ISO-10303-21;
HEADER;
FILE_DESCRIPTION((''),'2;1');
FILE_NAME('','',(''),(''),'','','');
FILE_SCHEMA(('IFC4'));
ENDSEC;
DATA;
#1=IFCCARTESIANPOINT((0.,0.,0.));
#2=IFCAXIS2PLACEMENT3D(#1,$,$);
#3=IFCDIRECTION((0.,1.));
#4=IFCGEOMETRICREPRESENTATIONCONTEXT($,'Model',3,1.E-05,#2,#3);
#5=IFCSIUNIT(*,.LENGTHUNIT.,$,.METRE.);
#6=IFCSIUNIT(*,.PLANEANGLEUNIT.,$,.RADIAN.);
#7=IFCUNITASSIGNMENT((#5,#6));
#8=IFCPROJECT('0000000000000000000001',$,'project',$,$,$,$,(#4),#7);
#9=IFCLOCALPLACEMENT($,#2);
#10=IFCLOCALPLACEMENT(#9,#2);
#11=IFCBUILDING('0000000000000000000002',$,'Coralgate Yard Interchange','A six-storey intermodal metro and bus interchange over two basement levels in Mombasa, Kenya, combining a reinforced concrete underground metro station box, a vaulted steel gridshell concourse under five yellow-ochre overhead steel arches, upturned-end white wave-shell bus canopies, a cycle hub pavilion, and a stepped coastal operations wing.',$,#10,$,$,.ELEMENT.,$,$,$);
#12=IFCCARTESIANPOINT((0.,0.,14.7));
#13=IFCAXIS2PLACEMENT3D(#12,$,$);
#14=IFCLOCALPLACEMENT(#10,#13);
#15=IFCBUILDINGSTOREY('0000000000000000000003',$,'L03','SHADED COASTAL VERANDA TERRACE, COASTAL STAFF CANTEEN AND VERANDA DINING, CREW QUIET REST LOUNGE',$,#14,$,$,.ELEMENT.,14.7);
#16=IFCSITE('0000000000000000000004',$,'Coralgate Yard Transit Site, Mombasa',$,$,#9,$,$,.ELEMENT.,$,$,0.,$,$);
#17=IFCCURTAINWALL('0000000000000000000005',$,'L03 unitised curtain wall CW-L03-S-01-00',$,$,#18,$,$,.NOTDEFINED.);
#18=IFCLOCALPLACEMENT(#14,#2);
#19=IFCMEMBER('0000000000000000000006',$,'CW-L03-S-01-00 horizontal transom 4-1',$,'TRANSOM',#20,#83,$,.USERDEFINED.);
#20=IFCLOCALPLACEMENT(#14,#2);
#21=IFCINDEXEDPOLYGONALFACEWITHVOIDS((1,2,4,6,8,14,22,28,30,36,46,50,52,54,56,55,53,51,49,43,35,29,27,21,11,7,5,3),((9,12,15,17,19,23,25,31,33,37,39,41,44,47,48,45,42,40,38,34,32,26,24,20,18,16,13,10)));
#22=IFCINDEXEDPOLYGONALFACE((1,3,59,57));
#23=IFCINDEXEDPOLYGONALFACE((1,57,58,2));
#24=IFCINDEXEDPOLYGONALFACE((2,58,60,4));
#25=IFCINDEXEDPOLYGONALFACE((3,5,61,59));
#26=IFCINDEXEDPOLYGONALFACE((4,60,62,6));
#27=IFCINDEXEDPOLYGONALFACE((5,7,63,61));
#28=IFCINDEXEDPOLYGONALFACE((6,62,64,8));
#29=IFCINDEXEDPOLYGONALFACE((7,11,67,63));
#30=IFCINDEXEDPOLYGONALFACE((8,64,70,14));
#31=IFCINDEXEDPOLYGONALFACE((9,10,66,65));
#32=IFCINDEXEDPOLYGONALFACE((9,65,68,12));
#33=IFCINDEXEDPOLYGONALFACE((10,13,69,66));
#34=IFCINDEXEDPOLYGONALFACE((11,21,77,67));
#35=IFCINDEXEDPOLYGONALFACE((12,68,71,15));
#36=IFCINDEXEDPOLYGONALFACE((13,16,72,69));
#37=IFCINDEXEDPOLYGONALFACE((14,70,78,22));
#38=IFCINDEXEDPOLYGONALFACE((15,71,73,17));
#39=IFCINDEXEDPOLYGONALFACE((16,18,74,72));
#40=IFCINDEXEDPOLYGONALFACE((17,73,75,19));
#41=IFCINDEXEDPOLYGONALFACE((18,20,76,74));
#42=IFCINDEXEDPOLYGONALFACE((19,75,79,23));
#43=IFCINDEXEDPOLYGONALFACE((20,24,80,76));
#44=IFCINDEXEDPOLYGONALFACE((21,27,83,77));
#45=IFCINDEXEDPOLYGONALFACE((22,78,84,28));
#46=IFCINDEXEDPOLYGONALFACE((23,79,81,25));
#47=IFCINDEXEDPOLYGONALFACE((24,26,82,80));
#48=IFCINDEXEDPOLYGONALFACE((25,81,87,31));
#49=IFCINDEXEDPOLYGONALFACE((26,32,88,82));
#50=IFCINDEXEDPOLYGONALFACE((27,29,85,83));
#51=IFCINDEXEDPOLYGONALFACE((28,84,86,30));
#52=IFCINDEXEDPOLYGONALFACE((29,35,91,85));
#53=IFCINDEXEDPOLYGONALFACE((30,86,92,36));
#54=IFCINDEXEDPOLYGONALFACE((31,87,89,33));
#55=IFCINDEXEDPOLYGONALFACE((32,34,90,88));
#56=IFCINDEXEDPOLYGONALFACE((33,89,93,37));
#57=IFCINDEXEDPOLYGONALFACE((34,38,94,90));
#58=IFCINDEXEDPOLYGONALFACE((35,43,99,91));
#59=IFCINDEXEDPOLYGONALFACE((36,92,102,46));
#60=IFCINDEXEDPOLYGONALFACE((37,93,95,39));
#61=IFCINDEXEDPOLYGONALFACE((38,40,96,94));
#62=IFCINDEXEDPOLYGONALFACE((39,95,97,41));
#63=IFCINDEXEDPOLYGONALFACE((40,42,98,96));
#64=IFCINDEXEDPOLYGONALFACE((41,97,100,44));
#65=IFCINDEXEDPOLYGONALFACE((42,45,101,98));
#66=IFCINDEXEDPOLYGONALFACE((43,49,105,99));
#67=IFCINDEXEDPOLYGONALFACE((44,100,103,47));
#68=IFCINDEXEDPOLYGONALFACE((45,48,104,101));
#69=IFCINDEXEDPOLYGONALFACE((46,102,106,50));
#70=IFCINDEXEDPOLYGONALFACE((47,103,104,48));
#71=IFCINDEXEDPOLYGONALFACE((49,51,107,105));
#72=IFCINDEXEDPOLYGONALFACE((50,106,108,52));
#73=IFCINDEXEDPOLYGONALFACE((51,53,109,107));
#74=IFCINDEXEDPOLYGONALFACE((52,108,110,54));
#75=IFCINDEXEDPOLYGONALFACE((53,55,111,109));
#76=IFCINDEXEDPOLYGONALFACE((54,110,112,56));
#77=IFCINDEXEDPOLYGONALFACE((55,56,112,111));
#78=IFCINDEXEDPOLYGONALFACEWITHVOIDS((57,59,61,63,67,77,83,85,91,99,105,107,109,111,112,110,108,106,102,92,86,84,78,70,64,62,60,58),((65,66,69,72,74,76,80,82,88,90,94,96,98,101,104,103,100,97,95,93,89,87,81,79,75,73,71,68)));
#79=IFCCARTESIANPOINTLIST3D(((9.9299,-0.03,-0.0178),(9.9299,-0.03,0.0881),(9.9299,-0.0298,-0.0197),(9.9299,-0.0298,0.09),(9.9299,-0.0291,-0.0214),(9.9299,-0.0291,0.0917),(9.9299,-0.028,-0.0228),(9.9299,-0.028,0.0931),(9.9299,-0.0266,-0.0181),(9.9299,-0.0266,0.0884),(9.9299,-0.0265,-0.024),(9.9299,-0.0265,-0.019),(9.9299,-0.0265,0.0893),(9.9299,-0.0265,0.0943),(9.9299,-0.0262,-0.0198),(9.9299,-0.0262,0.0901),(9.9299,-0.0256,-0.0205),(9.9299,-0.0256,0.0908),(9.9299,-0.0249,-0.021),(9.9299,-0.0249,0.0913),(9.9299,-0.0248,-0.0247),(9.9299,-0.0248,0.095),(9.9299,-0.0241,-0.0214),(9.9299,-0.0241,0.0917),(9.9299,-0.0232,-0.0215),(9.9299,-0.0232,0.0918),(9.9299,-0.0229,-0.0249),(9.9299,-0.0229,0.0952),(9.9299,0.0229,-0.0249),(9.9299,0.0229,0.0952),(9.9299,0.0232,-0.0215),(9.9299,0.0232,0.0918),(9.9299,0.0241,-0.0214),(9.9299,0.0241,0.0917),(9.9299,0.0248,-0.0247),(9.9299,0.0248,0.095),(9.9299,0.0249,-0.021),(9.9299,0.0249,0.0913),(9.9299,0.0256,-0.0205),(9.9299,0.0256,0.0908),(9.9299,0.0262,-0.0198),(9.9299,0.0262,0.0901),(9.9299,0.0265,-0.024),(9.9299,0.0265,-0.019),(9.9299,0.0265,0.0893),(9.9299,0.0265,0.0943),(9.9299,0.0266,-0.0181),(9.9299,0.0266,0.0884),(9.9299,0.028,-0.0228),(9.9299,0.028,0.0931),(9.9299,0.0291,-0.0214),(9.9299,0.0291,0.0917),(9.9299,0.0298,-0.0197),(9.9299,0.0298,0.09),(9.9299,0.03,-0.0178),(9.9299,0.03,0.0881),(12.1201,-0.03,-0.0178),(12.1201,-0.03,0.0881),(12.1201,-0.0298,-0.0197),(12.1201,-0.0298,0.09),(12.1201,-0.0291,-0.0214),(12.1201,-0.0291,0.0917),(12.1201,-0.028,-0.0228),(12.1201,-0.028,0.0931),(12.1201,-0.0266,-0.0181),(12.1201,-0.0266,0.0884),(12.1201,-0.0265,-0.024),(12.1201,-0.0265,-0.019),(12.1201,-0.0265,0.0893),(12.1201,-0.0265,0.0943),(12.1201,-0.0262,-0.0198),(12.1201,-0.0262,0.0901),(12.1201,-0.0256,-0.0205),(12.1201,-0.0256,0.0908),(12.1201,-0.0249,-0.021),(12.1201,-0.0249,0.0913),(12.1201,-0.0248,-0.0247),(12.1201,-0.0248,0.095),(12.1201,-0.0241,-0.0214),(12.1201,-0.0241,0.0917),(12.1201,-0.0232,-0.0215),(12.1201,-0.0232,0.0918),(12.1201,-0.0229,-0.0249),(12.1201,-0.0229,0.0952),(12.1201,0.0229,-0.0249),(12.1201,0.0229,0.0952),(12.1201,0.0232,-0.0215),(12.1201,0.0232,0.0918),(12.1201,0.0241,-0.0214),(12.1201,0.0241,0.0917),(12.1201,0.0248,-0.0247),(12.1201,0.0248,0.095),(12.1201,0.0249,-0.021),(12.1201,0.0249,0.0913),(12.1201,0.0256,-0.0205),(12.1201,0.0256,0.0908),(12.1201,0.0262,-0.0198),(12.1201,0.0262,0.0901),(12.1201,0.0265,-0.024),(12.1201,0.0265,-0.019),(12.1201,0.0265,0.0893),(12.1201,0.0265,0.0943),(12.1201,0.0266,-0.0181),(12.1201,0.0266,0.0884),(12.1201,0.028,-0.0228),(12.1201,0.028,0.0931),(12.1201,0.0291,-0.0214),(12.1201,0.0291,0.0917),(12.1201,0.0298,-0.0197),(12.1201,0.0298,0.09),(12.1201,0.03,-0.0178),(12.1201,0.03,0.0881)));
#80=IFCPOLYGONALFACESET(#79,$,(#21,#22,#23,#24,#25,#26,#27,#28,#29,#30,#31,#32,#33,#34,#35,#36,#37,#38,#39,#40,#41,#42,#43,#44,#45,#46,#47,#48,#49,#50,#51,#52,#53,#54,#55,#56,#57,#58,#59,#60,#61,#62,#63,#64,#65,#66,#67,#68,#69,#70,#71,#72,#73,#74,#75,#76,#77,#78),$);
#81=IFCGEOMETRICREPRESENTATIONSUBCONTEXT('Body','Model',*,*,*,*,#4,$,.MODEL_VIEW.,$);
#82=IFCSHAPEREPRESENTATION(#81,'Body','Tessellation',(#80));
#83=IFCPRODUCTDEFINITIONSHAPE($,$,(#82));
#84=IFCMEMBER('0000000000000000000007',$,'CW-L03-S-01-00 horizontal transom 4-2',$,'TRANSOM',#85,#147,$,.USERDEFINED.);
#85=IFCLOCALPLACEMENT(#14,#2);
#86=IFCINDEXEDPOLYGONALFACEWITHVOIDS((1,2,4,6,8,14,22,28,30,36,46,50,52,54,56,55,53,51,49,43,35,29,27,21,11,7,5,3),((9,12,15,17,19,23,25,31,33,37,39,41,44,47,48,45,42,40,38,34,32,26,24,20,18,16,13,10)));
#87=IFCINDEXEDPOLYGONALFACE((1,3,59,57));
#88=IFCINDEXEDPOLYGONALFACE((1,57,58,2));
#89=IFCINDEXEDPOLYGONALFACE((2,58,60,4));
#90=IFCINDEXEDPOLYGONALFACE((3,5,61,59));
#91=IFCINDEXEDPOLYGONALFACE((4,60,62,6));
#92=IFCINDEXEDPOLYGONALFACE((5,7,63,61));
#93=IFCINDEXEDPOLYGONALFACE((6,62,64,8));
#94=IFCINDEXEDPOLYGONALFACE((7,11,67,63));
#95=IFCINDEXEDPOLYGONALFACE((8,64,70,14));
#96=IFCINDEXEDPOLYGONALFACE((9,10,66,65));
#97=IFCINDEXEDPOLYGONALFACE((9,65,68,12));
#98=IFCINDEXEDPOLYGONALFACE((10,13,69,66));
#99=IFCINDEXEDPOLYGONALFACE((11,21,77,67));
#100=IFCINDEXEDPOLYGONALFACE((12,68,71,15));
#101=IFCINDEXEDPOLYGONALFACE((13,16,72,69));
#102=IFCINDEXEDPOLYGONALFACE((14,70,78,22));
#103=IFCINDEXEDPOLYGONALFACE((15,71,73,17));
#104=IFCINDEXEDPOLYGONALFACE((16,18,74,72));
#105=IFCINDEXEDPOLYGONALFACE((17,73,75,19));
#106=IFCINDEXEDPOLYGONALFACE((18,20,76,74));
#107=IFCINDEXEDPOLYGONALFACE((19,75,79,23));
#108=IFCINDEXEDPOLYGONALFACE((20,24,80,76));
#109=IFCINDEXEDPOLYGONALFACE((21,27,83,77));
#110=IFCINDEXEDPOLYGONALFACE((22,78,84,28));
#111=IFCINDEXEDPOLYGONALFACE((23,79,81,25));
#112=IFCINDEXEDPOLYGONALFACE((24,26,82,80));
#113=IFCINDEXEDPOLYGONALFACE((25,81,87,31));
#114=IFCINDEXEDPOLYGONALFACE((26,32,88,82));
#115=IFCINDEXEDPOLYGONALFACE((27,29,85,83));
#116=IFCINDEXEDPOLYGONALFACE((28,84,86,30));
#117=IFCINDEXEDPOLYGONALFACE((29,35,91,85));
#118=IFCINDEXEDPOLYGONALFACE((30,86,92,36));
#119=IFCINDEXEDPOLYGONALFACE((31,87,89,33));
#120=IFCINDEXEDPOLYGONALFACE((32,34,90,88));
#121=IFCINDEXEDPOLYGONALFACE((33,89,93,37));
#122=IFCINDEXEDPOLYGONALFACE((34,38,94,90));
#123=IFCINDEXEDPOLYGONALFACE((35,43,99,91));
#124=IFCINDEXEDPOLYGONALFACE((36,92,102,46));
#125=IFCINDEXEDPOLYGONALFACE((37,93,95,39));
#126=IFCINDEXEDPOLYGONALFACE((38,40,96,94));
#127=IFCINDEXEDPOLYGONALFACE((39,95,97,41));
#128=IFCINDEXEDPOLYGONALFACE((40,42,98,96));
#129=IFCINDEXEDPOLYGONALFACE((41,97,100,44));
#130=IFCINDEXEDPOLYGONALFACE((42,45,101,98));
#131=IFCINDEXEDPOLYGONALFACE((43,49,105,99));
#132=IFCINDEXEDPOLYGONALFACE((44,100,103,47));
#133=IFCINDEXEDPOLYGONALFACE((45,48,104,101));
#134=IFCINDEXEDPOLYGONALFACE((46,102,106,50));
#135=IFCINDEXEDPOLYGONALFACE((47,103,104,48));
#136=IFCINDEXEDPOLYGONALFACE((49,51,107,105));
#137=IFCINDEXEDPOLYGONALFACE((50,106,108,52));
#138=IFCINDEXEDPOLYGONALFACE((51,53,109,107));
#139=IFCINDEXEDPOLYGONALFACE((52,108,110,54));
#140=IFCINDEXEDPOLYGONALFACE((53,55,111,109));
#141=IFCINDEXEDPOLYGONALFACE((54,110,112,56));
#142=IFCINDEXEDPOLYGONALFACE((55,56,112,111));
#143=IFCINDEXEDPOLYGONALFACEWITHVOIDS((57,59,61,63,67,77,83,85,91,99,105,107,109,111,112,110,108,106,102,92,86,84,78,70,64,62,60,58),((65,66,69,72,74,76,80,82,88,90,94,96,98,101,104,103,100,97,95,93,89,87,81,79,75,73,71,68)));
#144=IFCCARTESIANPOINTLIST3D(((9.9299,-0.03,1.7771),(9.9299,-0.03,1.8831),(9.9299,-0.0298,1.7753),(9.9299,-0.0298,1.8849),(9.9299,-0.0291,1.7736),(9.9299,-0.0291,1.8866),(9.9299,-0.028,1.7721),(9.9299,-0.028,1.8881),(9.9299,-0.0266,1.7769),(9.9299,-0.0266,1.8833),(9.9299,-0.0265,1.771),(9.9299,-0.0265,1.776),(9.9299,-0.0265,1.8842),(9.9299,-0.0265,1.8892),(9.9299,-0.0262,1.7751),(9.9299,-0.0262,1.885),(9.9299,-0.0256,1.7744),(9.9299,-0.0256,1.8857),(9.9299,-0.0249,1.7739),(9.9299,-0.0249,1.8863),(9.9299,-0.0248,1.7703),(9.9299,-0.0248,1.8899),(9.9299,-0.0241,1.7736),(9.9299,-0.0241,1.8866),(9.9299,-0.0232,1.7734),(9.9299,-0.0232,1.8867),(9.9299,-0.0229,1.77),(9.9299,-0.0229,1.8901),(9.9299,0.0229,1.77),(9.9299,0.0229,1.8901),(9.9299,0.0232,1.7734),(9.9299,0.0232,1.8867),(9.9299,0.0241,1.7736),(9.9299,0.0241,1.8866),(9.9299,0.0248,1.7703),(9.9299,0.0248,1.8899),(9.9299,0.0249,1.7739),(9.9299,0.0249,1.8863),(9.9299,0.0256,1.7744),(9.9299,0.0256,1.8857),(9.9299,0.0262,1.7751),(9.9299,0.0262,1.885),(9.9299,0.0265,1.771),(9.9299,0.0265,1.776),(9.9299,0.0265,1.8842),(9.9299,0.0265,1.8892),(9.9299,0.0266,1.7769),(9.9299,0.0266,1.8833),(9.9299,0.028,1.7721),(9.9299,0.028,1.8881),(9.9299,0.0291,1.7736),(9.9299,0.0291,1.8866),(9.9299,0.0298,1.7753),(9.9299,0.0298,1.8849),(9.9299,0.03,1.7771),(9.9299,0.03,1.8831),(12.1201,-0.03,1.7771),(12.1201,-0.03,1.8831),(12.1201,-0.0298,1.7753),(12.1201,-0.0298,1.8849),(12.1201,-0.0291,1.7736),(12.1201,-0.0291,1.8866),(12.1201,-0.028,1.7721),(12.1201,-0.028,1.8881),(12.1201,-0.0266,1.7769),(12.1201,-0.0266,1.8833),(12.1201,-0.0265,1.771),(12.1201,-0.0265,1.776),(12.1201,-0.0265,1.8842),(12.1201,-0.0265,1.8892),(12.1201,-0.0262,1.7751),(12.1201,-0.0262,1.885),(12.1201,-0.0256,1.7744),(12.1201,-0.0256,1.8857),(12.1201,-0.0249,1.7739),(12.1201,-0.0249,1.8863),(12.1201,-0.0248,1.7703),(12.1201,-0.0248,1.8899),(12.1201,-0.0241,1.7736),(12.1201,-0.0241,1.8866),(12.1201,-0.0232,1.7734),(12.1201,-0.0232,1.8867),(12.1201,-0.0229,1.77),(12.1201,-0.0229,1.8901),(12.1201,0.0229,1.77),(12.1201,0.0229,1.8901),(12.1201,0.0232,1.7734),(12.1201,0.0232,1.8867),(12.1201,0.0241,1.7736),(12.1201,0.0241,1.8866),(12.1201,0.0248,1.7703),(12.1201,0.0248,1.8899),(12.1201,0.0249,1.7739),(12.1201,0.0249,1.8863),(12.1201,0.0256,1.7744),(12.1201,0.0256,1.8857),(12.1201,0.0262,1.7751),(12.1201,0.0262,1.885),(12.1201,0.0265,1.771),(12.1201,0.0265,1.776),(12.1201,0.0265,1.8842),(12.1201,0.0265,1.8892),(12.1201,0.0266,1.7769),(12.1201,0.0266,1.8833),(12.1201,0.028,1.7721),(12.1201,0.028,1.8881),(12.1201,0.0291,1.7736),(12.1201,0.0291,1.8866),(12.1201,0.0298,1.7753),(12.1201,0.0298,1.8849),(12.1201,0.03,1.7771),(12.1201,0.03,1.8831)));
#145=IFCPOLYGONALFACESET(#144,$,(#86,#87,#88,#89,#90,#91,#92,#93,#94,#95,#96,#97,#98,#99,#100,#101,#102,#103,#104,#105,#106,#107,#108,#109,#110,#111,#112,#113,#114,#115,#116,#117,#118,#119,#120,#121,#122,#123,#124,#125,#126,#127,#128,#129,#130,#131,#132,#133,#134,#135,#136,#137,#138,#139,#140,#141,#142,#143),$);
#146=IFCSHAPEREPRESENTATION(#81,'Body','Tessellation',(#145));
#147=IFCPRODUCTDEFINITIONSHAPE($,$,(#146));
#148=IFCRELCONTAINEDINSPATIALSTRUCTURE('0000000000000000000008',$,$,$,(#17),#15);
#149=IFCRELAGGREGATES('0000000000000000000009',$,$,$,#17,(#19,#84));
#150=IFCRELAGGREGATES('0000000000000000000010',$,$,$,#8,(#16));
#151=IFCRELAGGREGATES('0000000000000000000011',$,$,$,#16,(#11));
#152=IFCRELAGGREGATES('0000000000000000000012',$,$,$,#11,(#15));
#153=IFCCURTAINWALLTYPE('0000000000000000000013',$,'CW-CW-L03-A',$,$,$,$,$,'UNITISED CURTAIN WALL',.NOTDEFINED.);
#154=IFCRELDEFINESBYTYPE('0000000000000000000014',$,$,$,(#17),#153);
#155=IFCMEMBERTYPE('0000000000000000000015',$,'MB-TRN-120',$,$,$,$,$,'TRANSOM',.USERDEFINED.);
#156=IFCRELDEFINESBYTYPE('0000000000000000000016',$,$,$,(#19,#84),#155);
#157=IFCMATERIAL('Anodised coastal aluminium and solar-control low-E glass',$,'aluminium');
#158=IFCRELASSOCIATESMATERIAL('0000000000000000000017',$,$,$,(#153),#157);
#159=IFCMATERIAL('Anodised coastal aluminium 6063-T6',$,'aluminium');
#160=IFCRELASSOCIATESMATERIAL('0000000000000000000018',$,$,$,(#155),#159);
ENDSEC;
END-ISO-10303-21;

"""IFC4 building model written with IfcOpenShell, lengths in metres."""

from ifc_helpers import new_model, si_unit, direction, frame, origin, origin_2d, place, context, subcontext, project, spatial, hollow_rectangle, extrude, material, material_profile, profile_set, type_object, element, aggregate, save


model = new_model("IFC4")

# Units and contexts
model_context = context("Model", 3, precision=1e-05, world=origin(), true_north=direction((0.0, 1.0)))
body_context = subcontext(model_context, "Body", "Model", "MODEL_VIEW")
ifc_project = project(units=[si_unit("LENGTHUNIT", "METRE"), si_unit("PLANEANGLEUNIT", "RADIAN")], contexts=[model_context])

# Site, building, storey
site_placement = place(None, origin())
site = spatial("IfcSite", under=ifc_project, at=site_placement, Name="Coralgate Yard Transit Site, Mombasa", CompositionType="ELEMENT", RefElevation=0.0)
building_placement = place(site_placement, origin())
building = spatial("IfcBuilding", under=site, at=building_placement, Name="Coralgate Yard Interchange", Description="A six-storey intermodal metro and bus interchange over two basement levels in Mombasa, Kenya, combining a reinforced concrete underground metro station box, a vaulted steel gridshell concourse under five yellow-ochre overhead steel arches, upturned-end white wave-shell bus canopies, a cycle hub pavilion, and a stepped coastal operations wing.", CompositionType="ELEMENT")
storey_placement = place(building_placement, frame((0.0, 0.0, 14.7)))
storey = spatial("IfcBuildingStorey", under=building, at=storey_placement, Name="L03", Description="SHADED COASTAL VERANDA TERRACE, COASTAL STAFF CANTEEN AND VERANDA DINING, CREW QUIET REST LOUNGE", CompositionType="ELEMENT", Elevation=14.7)

# Curtain wall, members
ifc_material_1 = material(Name="Anodised coastal aluminium and solar-control low-E glass", Category="aluminium")
curtain_wall_type = type_object("IfcCurtainWallType", Name="CW-CW-L03-A", ElementType="UNITISED CURTAIN WALL", PredefinedType="NOTDEFINED", material=ifc_material_1)
curtain_wall_placement = place(storey_placement, origin())
curtain_wall = element("IfcCurtainWall", 1, at=curtain_wall_placement, inside=storey, type_object=curtain_wall_type, Name="L03 unitised curtain wall CW-L03-S-01-00", PredefinedType="NOTDEFINED")
ifc_material_2 = material(Name="Anodised coastal aluminium 6063-T6", Category="aluminium")
ifc_material_profile_1 = material_profile(ifc_material_2, hollow_rectangle(XDim=0.0601, YDim=0.1201, WallThickness=0.0034, InnerFilletRadius=0.0034, OuterFilletRadius=0.0071, at=origin_2d()), Name="ALU 60x120x3.5")
ifc_profile_set_1 = profile_set([ifc_material_profile_1], Name="Anodised coastal aluminium 6063-T6")
member_type_1 = type_object("IfcMemberType", Name="MB-TRN-120", ElementType="TRANSOM", PredefinedType="USERDEFINED", material=ifc_profile_set_1)
member_1_placement = place(storey_placement, frame((12.1201, 0.0, 0.0352), z_axis=(-1.0, 0.0, 0.0), x_axis=(0.0, -1.0, 0.0)))
member_1 = element("IfcMember", 2, at=member_1_placement, type_object=member_type_1, Name="CW-L03-S-01-00 horizontal transom 4-1", ObjectType="TRANSOM", PredefinedType="USERDEFINED", context=body_context, shape_type="SweptSolid", body=[
    extrude(hollow_rectangle(XDim=0.0601, YDim=0.1201, WallThickness=0.0034, InnerFilletRadius=0.0034, OuterFilletRadius=0.0071, at=origin_2d()), origin(), (0.0, 0.0, 1.0), 2.1902),
])
member_2_placement = place(storey_placement, frame((12.1201, 0.0, 1.8301), z_axis=(-1.0, 0.0, 0.0), x_axis=(0.0, -1.0, 0.0)))
member_2 = element("IfcMember", 3, at=member_2_placement, type_object=member_type_1, Name="CW-L03-S-01-00 horizontal transom 4-2", ObjectType="TRANSOM", PredefinedType="USERDEFINED", context=body_context, shape_type="SweptSolid", body=[
    extrude(hollow_rectangle(XDim=0.0601, YDim=0.1201, WallThickness=0.0034, InnerFilletRadius=0.0034, OuterFilletRadius=0.0071, at=origin_2d()), origin(), (0.0, 0.0, 1.0), 2.1902),
])
aggregate(curtain_wall, [member_1, member_2])

save(model, "model.ifc")
